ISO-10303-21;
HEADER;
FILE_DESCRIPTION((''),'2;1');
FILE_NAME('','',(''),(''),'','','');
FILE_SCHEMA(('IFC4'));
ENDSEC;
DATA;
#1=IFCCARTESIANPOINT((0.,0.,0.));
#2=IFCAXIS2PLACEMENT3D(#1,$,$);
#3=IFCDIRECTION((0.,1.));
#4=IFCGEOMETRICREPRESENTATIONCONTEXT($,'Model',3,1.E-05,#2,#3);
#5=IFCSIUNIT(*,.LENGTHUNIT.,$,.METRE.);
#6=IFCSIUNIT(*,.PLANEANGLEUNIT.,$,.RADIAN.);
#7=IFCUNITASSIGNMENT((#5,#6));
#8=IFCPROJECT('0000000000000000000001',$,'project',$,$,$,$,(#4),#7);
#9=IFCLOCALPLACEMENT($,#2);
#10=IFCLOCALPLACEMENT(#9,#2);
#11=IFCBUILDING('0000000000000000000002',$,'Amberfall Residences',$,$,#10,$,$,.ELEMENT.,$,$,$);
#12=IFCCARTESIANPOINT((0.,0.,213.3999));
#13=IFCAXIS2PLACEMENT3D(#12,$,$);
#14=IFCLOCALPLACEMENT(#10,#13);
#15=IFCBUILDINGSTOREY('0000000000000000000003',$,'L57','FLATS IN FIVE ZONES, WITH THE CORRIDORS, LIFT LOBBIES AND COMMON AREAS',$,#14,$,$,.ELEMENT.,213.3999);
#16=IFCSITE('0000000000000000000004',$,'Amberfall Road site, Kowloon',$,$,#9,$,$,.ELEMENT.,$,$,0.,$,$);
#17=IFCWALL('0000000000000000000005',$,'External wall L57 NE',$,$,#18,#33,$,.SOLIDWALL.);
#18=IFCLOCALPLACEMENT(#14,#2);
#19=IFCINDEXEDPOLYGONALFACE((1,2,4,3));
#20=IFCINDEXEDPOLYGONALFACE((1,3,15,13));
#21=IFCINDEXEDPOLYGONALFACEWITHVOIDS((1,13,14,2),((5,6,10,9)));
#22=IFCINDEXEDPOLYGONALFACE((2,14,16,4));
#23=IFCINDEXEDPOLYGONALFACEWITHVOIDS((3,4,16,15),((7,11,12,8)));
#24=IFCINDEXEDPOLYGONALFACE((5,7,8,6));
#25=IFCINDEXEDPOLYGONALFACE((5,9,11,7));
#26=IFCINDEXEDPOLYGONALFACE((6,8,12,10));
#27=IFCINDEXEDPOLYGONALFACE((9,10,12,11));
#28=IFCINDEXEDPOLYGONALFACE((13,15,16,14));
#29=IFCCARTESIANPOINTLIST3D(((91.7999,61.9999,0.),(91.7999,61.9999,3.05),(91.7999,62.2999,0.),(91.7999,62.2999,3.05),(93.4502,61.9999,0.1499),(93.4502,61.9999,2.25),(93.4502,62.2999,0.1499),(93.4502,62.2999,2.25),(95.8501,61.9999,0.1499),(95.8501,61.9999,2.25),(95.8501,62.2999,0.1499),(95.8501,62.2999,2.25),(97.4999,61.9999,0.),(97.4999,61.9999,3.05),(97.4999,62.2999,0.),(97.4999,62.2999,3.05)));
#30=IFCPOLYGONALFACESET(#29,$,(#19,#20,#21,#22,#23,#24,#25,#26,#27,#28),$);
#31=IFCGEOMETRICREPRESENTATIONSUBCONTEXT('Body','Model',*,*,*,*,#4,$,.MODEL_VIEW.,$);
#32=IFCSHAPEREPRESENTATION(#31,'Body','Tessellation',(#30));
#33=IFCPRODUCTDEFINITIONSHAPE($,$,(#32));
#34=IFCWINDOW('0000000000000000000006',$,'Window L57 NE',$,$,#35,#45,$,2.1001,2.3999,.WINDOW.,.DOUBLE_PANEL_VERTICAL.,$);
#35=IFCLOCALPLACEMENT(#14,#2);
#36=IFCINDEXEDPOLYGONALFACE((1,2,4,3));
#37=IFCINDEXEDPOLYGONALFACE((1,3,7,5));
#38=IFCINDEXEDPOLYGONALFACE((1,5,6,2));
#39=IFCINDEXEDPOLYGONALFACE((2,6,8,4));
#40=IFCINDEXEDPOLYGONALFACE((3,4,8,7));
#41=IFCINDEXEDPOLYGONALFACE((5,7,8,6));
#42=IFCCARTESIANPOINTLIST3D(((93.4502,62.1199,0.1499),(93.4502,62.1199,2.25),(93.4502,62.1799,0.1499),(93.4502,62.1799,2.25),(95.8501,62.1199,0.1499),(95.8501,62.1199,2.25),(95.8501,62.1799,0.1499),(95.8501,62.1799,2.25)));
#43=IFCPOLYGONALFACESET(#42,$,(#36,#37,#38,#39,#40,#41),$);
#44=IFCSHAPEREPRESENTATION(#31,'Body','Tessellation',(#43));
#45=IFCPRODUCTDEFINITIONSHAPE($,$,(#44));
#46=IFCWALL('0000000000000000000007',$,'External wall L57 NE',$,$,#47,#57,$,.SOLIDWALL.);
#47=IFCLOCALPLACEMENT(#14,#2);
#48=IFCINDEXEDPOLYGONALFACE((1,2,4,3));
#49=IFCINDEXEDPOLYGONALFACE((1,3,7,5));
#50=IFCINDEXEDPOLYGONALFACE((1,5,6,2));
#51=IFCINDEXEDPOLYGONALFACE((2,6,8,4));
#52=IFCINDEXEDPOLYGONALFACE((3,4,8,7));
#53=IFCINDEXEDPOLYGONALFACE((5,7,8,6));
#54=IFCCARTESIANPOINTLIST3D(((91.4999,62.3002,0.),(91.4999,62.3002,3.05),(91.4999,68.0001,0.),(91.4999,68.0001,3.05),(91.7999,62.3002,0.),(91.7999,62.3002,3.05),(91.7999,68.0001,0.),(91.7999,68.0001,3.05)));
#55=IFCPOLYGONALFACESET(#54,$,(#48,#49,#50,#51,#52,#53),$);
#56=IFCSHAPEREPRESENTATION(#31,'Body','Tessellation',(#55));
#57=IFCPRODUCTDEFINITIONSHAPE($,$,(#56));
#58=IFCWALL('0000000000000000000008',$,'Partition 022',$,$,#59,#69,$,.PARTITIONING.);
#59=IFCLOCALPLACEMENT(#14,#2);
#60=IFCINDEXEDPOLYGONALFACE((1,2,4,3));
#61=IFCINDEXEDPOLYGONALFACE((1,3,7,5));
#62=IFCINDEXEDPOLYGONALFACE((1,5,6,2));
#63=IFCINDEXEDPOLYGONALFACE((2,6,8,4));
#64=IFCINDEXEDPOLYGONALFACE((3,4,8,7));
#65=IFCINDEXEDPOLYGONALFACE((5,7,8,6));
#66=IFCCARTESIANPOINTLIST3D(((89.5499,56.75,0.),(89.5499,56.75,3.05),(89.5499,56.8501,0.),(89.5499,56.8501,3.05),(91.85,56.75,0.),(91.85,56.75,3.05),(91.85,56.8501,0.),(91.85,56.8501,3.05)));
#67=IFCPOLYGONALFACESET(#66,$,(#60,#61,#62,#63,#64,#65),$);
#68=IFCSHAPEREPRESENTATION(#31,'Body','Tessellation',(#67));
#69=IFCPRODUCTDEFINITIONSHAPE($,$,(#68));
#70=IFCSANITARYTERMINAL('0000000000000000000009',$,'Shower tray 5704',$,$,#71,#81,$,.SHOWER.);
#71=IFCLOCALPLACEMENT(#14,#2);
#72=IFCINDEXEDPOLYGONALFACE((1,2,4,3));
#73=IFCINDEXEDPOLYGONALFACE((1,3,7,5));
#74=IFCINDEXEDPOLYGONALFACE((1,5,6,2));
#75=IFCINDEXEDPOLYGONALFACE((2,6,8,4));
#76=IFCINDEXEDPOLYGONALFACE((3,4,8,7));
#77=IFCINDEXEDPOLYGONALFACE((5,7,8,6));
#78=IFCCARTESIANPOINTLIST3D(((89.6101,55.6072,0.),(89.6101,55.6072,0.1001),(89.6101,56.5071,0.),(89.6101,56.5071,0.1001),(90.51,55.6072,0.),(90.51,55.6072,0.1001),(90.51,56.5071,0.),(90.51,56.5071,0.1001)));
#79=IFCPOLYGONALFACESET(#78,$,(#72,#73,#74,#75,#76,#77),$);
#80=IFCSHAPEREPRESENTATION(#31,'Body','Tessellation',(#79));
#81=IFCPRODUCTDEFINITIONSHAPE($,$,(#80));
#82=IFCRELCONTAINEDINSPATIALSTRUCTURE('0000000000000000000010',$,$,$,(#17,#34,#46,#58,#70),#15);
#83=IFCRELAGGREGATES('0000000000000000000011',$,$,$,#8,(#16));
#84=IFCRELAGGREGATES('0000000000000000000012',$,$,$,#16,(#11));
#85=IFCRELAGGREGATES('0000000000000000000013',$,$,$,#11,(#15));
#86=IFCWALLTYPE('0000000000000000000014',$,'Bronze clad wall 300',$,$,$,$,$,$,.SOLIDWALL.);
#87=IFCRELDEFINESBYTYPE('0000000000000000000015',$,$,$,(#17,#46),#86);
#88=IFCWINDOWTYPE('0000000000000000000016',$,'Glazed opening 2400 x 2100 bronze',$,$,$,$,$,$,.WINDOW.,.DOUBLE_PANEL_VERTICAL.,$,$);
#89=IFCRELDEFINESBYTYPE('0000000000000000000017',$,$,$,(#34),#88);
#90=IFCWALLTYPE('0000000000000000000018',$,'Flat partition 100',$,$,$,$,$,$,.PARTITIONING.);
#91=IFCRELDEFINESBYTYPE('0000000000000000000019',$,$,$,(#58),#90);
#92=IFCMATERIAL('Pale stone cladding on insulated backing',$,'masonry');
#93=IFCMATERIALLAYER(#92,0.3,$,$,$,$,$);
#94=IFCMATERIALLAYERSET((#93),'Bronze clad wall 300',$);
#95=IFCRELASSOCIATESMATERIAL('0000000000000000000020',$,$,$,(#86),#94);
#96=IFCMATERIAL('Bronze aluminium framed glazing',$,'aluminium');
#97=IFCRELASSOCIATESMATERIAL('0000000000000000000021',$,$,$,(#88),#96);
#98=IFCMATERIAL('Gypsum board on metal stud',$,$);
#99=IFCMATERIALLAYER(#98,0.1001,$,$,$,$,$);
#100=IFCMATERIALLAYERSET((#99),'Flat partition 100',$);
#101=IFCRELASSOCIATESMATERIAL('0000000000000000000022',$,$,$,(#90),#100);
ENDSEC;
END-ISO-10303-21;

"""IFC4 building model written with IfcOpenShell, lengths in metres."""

from ifc_helpers import new_model, si_unit, direction, frame, frame_2d, origin, origin_2d, place, context, subcontext, project, spatial, rectangle, extrude, material, layer, layer_set, type_object, element, fill, save


model = new_model("IFC4")

# Units and contexts
model_context = context("Model", 3, precision=1e-05, world=origin(), true_north=direction((0.0, 1.0)))
body_context = subcontext(model_context, "Body", "Model", "MODEL_VIEW")
ifc_project = project(units=[si_unit("LENGTHUNIT", "METRE"), si_unit("PLANEANGLEUNIT", "RADIAN")], contexts=[model_context])

# Site, building, storey
site_placement = place(None, origin())
site = spatial("IfcSite", under=ifc_project, at=site_placement, Name="Amberfall Road site, Kowloon", CompositionType="ELEMENT", RefElevation=0.0)
building_placement = place(site_placement, origin())
building = spatial("IfcBuilding", under=site, at=building_placement, Name="Amberfall Residences", CompositionType="ELEMENT")
storey_placement = place(building_placement, frame((0.0, 0.0, 213.3999)))
storey = spatial("IfcBuildingStorey", under=building, at=storey_placement, Name="L57", Description="FLATS IN FIVE ZONES, WITH THE CORRIDORS, LIFT LOBBIES AND COMMON AREAS", CompositionType="ELEMENT", Elevation=213.3999)

# Wall, opening, window
ifc_material_1 = material(Name="Pale stone cladding on insulated backing", Category="masonry")
ifc_layer_1 = layer(ifc_material_1, 0.3)
ifc_layer_set_1 = layer_set([ifc_layer_1], Name="Bronze clad wall 300")
wall_type_1 = type_object("IfcWallType", Name="Bronze clad wall 300", PredefinedType="SOLIDWALL", material=ifc_layer_set_1)
wall_1_placement = place(storey_placement, frame((97.5, 62.1499, 0.0), z_axis=(0.0, 0.0, 1.0), x_axis=(-1.0, 0.0, 0.0)))
wall_1 = element("IfcWall", 1, at=wall_1_placement, inside=storey, type_object=wall_type_1, Name="External wall L57 NE", PredefinedType="SOLIDWALL", context=body_context, shape_type="SweptSolid", body=[
    extrude(rectangle(XDim=5.7, YDim=0.3, at=frame_2d((2.8501, 0.0))), origin(), (0.0, 0.0, 1.0), 3.05),
])
opening_placement = place(wall_1_placement, frame((1.6499, 0.0, 0.1499)))
opening = element("IfcOpeningElement", 2, at=opening_placement, cuts=wall_1, PredefinedType="OPENING", context=body_context, shape_type="SweptSolid", body=[
    extrude(rectangle(XDim=2.3999, YDim=2.1001, at=frame_2d((1.2, 1.05))), frame((0.0, 0.1599, 0.0), z_axis=(0.0, -1.0, 0.0), x_axis=(1.0, 0.0, 0.0)), (0.0, 0.0, 1.0), 0.3201),
])
ifc_material_2 = material(Name="Bronze aluminium framed glazing", Category="aluminium")
window_type = type_object("IfcWindowType", Name="Glazed opening 2400 x 2100 bronze", PartitioningType="DOUBLE_PANEL_VERTICAL", PredefinedType="WINDOW", material=ifc_material_2)
window_placement = place(opening_placement, origin())
window = element("IfcWindow", 3, at=window_placement, inside=storey, type_object=window_type, Name="Window L57 NE", OverallHeight=2.1001, OverallWidth=2.3999, PartitioningType="DOUBLE_PANEL_VERTICAL", PredefinedType="WINDOW", context=body_context, shape_type="SweptSolid", body=[
    extrude(rectangle(XDim=2.3999, YDim=2.1001, at=frame_2d((1.2, 1.05))), frame((0.0, 0.03, 0.0), z_axis=(0.0, -1.0, 0.0), x_axis=(1.0, 0.0, 0.0)), (0.0, 0.0, 1.0), 0.0601),
])
fill(opening, window)

# Walls
wall_2_placement = place(storey_placement, frame((91.6499, 62.3, 0.0), z_axis=(0.0, 0.0, 1.0), x_axis=(0.0, 1.0, 0.0)))
element("IfcWall", 4, at=wall_2_placement, inside=storey, type_object=wall_type_1, Name="External wall L57 NE", PredefinedType="SOLIDWALL", context=body_context, shape_type="SweptSolid", body=[
    extrude(rectangle(XDim=5.7, YDim=0.3, at=frame_2d((2.8501, 0.0))), origin(), (0.0, 0.0, 1.0), 3.05),
])
ifc_material_3 = material(Name="Gypsum board on metal stud")
ifc_layer_2 = layer(ifc_material_3, 0.1001)
ifc_layer_set_2 = layer_set([ifc_layer_2], Name="Flat partition 100")
wall_type_2 = type_object("IfcWallType", Name="Flat partition 100", PredefinedType="PARTITIONING", material=ifc_layer_set_2)
wall_3_placement = place(storey_placement, frame((89.55, 56.8, 0.0), z_axis=(0.0, 0.0, 1.0), x_axis=(1.0, 0.0, 0.0)))
element("IfcWall", 5, at=wall_3_placement, inside=storey, type_object=wall_type_2, Name="Partition 022", PredefinedType="PARTITIONING", context=body_context, shape_type="SweptSolid", body=[
    extrude(rectangle(XDim=2.3, YDim=0.1001, at=frame_2d((1.1499, 0.0))), origin(), (0.0, 0.0, 1.0), 3.05),
])

# Sanitary terminal
sanitary_terminal_placement = place(storey_placement, frame((90.0601, 56.0571, 0.0), z_axis=(0.0, 0.0, 1.0), x_axis=(1.0, 0.0, 0.0)))
element("IfcSanitaryTerminal", 6, at=sanitary_terminal_placement, inside=storey, Name="Shower tray 5704", PredefinedType="SHOWER", context=body_context, shape_type="SweptSolid", body=[
    extrude(rectangle(XDim=0.8999, YDim=0.8999, at=origin_2d()), origin(), (0.0, 0.0, 1.0), 0.1001),
])

save(model, "model.ifc")
